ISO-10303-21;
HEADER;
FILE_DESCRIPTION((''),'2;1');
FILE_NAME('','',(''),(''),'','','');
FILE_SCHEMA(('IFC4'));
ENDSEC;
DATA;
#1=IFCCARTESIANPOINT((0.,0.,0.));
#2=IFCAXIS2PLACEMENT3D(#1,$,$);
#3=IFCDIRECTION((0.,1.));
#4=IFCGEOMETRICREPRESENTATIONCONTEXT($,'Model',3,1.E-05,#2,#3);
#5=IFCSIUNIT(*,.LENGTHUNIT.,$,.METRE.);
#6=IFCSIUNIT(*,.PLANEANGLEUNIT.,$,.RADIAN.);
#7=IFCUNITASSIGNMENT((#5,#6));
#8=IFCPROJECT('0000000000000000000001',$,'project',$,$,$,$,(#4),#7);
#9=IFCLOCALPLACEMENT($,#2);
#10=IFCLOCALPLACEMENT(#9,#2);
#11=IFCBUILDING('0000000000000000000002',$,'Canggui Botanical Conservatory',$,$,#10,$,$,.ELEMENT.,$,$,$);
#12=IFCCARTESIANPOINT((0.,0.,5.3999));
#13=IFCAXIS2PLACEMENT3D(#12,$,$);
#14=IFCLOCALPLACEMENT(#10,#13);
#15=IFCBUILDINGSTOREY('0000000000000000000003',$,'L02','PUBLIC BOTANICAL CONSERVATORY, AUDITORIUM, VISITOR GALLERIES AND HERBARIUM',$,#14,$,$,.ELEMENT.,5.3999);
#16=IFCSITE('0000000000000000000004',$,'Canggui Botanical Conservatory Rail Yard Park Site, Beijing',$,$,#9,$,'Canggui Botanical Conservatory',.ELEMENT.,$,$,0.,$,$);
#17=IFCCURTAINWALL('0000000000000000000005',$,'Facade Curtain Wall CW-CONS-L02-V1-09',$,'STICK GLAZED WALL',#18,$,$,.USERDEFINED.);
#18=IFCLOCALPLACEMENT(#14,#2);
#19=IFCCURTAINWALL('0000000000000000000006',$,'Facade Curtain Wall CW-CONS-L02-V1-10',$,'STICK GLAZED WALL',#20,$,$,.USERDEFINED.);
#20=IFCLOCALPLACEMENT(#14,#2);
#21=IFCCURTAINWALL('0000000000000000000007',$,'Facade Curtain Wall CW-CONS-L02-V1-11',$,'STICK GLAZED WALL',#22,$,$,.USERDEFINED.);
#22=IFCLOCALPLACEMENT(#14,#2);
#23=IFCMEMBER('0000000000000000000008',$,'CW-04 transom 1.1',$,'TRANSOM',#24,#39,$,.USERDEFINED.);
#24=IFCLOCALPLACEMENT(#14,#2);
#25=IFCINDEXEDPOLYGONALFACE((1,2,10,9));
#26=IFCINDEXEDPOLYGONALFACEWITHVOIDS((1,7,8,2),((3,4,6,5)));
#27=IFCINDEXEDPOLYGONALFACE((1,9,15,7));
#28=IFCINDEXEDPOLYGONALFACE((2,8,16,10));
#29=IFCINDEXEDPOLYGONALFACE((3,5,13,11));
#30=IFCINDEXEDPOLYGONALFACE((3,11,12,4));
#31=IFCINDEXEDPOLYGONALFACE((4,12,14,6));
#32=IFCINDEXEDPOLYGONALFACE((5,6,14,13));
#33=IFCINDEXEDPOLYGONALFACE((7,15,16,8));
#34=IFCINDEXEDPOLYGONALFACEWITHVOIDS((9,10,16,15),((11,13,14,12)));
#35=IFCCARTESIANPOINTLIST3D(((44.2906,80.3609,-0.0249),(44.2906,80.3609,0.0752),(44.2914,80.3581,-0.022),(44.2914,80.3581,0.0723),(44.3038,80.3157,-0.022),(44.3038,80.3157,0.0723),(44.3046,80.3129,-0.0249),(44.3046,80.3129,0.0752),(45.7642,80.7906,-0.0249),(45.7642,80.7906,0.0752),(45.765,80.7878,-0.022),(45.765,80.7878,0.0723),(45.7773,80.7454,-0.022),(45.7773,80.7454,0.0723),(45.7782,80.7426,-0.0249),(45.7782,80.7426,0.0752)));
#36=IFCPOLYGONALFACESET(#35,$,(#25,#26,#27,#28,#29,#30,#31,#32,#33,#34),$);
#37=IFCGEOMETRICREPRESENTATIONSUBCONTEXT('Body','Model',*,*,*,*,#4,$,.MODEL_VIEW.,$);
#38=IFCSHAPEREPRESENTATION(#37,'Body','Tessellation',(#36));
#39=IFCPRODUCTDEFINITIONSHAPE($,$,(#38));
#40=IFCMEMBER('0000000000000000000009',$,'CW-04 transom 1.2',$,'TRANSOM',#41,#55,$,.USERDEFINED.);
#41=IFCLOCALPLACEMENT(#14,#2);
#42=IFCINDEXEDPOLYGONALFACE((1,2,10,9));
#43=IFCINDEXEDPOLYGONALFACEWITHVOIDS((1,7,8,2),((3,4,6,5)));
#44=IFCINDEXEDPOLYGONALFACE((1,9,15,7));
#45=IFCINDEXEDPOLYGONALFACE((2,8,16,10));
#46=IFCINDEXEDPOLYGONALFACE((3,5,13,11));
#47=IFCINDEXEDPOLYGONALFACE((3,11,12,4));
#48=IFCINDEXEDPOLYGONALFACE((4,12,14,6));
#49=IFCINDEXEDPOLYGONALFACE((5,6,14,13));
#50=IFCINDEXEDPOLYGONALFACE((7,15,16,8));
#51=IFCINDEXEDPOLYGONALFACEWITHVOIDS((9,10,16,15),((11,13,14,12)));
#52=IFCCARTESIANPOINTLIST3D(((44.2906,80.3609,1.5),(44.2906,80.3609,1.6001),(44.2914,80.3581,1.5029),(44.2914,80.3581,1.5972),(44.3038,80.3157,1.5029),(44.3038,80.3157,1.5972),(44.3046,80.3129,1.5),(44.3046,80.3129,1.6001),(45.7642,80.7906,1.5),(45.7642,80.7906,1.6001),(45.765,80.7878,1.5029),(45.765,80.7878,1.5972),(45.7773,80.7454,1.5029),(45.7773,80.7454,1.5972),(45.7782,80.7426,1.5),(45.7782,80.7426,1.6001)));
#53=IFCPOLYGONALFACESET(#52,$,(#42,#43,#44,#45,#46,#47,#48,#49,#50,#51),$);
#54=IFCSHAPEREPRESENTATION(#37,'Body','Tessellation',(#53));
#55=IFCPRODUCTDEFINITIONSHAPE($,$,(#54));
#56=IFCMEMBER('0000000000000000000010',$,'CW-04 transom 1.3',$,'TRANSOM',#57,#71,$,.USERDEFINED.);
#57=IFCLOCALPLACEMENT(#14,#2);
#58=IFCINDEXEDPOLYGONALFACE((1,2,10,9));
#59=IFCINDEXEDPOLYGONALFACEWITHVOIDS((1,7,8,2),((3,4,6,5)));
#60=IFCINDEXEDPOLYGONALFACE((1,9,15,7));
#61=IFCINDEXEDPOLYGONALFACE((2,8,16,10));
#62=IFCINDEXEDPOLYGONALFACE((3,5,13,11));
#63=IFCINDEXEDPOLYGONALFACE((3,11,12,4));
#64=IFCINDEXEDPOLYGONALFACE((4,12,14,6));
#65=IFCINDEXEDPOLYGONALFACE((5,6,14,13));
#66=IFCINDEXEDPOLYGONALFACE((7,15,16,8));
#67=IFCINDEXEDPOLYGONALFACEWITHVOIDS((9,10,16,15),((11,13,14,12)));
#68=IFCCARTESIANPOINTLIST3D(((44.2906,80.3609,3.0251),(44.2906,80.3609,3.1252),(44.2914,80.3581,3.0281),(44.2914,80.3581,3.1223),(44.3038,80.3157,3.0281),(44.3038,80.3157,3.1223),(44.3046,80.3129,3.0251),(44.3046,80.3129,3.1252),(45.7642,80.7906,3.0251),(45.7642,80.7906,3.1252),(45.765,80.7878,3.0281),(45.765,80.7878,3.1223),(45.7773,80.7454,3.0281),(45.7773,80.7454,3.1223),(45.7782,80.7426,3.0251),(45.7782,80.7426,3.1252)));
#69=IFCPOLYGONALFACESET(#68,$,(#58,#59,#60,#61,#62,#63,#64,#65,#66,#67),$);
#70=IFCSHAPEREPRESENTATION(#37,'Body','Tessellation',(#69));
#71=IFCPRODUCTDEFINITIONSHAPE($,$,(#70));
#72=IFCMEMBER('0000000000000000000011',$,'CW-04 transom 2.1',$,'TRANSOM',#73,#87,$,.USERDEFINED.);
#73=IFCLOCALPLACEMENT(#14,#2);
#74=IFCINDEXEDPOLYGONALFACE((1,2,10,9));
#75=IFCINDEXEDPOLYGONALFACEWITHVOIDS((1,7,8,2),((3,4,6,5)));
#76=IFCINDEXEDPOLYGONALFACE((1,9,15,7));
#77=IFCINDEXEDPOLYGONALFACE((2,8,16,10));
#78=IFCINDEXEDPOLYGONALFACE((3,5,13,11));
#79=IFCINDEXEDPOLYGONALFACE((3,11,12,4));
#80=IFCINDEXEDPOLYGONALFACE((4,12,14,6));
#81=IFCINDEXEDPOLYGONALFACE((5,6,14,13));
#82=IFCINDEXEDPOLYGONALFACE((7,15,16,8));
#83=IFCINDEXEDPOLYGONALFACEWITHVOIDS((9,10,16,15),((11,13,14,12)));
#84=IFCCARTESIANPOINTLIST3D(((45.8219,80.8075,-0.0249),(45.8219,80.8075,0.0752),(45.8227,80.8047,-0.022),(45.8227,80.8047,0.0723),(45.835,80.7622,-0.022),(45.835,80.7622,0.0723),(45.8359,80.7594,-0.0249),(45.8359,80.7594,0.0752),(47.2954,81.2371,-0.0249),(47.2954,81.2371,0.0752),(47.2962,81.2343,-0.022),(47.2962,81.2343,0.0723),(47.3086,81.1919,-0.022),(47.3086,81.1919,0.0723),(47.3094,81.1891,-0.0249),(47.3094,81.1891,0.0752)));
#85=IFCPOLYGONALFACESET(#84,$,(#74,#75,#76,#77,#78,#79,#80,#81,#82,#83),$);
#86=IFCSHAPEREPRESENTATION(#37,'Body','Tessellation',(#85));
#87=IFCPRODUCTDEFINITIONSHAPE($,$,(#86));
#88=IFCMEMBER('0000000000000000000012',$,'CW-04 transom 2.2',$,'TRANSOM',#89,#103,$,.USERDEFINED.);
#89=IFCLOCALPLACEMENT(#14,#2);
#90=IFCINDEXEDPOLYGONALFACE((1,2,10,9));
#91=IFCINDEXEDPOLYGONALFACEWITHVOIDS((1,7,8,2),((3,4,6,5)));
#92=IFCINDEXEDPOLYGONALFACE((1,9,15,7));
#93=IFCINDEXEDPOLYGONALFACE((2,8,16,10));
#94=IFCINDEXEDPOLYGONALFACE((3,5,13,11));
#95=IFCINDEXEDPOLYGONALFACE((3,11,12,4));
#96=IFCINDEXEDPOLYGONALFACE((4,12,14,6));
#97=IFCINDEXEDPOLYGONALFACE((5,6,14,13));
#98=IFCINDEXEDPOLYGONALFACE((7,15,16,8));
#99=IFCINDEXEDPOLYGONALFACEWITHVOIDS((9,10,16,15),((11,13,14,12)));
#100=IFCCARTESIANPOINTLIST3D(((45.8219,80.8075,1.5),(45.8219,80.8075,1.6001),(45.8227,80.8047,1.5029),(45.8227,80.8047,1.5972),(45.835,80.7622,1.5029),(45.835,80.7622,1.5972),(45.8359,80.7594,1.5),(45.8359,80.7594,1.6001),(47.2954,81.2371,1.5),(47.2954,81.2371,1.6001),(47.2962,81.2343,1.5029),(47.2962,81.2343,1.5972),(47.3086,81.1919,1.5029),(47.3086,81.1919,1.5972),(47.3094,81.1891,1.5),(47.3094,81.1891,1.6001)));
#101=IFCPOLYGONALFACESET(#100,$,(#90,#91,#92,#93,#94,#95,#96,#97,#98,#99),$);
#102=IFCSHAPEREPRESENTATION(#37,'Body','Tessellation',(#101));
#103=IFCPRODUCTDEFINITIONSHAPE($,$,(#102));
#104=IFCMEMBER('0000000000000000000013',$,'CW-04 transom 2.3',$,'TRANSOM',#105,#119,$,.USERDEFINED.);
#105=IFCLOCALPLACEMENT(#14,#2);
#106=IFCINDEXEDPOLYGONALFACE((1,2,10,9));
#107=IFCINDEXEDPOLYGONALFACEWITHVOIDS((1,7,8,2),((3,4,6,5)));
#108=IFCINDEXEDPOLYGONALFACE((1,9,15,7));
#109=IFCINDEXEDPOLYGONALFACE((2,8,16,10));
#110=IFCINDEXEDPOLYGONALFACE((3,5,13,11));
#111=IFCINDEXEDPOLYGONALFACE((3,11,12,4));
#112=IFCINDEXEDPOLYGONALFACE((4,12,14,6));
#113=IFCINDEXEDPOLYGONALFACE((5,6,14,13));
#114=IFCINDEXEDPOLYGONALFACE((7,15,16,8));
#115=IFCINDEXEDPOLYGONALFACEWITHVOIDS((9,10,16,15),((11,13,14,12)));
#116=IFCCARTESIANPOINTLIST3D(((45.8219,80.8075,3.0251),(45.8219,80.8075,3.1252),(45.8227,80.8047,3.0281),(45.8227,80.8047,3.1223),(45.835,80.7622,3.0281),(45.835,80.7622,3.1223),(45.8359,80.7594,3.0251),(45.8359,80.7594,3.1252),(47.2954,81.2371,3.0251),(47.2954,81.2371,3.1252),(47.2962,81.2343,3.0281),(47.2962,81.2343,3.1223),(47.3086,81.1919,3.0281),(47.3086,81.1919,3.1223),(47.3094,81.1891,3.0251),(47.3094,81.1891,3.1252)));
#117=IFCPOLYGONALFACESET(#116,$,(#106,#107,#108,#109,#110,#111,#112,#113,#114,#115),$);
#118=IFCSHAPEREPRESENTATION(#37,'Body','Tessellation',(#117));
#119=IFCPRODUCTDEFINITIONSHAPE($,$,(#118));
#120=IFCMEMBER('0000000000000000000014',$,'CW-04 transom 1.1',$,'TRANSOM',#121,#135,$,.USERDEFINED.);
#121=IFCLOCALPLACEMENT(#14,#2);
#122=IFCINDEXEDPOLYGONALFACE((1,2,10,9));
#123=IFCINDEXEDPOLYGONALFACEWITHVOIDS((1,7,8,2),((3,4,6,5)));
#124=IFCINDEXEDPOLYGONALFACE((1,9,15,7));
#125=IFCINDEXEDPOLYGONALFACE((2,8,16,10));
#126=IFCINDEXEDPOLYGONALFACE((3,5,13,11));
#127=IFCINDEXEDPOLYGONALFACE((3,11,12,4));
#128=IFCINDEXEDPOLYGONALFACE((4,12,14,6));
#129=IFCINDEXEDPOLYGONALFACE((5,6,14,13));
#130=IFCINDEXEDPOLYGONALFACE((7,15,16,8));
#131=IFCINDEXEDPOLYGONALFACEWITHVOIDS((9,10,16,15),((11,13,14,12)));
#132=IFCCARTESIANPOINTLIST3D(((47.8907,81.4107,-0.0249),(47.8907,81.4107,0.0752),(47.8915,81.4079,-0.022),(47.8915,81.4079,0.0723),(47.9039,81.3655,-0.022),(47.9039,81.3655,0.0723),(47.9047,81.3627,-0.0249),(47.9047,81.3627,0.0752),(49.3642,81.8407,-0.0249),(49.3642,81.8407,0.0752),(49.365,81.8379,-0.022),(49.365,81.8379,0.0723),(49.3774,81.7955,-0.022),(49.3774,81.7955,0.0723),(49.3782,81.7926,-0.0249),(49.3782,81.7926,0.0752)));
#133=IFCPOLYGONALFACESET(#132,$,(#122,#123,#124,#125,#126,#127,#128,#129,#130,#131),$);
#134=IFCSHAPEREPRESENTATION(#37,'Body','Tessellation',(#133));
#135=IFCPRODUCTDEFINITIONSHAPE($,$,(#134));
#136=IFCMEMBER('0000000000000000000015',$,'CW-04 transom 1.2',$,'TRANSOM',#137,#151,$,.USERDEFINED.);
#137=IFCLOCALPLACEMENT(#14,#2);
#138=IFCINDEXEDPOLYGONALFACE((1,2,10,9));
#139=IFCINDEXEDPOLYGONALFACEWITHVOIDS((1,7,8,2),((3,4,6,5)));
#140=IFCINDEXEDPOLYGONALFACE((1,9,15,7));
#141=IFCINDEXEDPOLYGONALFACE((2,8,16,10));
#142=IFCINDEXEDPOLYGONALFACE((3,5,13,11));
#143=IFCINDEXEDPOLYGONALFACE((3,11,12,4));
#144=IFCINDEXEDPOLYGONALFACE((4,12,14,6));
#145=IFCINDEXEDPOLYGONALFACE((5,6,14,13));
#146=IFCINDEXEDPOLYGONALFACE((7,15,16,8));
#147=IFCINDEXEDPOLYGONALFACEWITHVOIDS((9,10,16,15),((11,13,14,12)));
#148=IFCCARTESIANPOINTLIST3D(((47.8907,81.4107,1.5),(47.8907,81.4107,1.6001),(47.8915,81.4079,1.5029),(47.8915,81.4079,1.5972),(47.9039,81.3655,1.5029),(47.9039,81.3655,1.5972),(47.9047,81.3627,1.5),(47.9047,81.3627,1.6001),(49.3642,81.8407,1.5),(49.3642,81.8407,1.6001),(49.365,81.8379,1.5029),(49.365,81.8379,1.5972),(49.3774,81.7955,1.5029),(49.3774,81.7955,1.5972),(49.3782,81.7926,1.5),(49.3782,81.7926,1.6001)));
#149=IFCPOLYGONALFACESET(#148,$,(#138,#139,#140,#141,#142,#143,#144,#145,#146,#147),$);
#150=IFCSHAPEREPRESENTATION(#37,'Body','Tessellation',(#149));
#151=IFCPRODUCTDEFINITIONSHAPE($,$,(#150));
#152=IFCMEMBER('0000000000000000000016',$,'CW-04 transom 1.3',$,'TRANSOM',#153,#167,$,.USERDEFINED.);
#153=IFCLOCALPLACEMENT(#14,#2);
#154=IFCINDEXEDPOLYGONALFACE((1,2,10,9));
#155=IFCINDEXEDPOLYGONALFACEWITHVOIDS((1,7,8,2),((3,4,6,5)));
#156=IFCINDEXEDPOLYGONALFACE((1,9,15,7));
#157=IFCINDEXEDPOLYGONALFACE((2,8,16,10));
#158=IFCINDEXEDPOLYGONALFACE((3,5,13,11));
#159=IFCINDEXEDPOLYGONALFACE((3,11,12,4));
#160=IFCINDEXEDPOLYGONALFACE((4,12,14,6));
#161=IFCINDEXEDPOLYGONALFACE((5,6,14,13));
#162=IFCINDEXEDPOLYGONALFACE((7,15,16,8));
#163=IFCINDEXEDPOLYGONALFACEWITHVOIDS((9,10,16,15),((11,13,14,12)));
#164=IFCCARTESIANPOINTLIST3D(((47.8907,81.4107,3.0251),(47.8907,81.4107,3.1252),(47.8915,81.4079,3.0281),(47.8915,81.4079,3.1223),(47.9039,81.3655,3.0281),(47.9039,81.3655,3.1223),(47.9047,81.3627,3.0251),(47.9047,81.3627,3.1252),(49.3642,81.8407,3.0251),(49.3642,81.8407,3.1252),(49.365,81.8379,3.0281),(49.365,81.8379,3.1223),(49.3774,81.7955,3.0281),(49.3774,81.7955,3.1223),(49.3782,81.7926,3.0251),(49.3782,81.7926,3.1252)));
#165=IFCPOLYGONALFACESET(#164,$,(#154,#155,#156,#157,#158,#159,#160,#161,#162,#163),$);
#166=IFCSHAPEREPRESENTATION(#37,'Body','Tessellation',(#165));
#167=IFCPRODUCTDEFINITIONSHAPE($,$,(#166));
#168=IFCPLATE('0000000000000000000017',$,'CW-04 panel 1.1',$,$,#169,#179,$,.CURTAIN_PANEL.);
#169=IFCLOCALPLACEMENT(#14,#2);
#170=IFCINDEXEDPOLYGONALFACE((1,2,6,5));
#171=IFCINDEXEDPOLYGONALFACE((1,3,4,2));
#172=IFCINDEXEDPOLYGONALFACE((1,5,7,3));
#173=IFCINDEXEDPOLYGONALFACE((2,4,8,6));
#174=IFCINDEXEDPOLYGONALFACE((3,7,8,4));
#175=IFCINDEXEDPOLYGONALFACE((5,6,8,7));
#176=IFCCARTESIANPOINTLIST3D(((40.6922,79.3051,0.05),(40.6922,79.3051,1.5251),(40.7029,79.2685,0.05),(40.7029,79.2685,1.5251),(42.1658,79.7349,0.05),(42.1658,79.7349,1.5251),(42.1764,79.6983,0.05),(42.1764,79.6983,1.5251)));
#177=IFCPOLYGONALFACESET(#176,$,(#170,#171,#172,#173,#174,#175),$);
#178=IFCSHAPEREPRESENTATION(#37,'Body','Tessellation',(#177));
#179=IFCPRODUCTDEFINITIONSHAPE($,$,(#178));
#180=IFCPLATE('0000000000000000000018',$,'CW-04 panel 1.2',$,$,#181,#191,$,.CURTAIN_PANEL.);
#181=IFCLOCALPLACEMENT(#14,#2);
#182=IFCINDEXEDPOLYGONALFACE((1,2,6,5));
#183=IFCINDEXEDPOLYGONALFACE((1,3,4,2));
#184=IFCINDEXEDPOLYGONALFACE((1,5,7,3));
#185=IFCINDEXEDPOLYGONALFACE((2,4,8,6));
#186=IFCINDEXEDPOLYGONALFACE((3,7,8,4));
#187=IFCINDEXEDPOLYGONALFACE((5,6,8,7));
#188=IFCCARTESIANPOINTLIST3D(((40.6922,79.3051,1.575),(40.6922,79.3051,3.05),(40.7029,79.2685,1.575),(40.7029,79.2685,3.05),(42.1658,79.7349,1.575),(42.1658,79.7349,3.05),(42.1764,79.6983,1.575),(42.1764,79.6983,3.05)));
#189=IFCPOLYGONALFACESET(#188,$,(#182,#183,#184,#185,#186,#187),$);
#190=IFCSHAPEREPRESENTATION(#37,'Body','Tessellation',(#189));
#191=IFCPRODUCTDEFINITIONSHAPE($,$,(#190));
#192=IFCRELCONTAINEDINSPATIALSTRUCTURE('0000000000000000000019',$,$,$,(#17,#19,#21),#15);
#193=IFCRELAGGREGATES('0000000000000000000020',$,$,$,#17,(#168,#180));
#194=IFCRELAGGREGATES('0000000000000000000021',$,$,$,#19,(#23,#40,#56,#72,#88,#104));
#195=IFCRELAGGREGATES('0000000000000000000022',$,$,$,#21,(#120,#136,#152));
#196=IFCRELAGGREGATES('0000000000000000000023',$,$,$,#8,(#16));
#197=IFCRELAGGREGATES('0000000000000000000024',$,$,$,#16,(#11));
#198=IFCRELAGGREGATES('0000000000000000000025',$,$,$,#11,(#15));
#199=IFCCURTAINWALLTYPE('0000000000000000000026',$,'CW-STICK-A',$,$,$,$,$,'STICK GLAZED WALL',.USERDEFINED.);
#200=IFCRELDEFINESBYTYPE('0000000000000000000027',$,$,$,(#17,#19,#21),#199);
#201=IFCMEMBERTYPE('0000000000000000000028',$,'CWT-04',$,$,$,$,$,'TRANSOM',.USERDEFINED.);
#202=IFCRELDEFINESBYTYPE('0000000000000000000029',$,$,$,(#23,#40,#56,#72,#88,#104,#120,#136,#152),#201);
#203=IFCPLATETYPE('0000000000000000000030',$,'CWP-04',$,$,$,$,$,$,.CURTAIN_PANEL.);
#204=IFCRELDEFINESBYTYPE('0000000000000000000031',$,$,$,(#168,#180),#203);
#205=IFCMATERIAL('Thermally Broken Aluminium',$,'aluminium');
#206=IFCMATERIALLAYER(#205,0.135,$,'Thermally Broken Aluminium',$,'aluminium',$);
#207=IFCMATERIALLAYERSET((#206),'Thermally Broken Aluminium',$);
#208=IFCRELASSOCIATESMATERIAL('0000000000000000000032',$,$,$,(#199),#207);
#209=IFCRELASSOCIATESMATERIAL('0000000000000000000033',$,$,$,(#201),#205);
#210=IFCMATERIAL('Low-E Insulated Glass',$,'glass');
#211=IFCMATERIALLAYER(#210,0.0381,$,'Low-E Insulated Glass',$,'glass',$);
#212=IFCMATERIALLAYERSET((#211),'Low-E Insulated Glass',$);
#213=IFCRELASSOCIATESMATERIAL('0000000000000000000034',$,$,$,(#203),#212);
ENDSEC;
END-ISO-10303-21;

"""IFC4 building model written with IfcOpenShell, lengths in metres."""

from ifc_helpers import new_model, si_unit, direction, frame, origin, origin_2d, place, context, subcontext, project, spatial, rectangle, hollow_rectangle, extrude, material, layer, layer_set, material_profile, profile_set, type_object, element, aggregate, save


model = new_model("IFC4")

# Units and contexts
model_context = context("Model", 3, precision=1e-05, world=origin(), true_north=direction((0.0, 1.0)))
body_context = subcontext(model_context, "Body", "Model", "MODEL_VIEW")
ifc_project = project(units=[si_unit("LENGTHUNIT", "METRE"), si_unit("PLANEANGLEUNIT", "RADIAN")], contexts=[model_context])

# Site, building, storey
site_placement = place(None, origin())
site = spatial("IfcSite", under=ifc_project, at=site_placement, Name="Canggui Botanical Conservatory Rail Yard Park Site, Beijing", LongName="Canggui Botanical Conservatory", CompositionType="ELEMENT", RefElevation=0.0)
building_placement = place(site_placement, origin())
building = spatial("IfcBuilding", under=site, at=building_placement, Name="Canggui Botanical Conservatory", CompositionType="ELEMENT")
storey_placement = place(building_placement, frame((0.0, 0.0, 5.3999)))
storey = spatial("IfcBuildingStorey", under=building, at=storey_placement, Name="L02", Description="PUBLIC BOTANICAL CONSERVATORY, AUDITORIUM, VISITOR GALLERIES AND HERBARIUM", CompositionType="ELEMENT", Elevation=5.3999)

# Curtain walls
ifc_material_1 = material(Name="Thermally Broken Aluminium", Category="aluminium")
ifc_layer_1 = layer(ifc_material_1, 0.135, Name="Thermally Broken Aluminium", Category="aluminium")
ifc_layer_set_1 = layer_set([ifc_layer_1], Name="Thermally Broken Aluminium")
curtain_wall_type = type_object("IfcCurtainWallType", Name="CW-STICK-A", ElementType="STICK GLAZED WALL", PredefinedType="USERDEFINED", material=ifc_layer_set_1)
curtain_wall_1_placement = place(storey_placement, origin())
curtain_wall_1 = element("IfcCurtainWall", 1, at=curtain_wall_1_placement, inside=storey, type_object=curtain_wall_type, Name="Facade Curtain Wall CW-CONS-L02-V1-09", ObjectType="STICK GLAZED WALL", PredefinedType="USERDEFINED")
curtain_wall_2_placement = place(storey_placement, origin())
curtain_wall_2 = element("IfcCurtainWall", 2, at=curtain_wall_2_placement, inside=storey, type_object=curtain_wall_type, Name="Facade Curtain Wall CW-CONS-L02-V1-10", ObjectType="STICK GLAZED WALL", PredefinedType="USERDEFINED")

# Curtain wall
curtain_wall_3_placement = place(storey_placement, origin())
curtain_wall_3 = element("IfcCurtainWall", 3, at=curtain_wall_3_placement, inside=storey, type_object=curtain_wall_type, Name="Facade Curtain Wall CW-CONS-L02-V1-11", ObjectType="STICK GLAZED WALL", PredefinedType="USERDEFINED")

# Members
ifc_material_profile_1 = material_profile(ifc_material_1, hollow_rectangle(XDim=0.05, YDim=0.1001, WallThickness=0.0029, at=origin_2d()), Name="CWT 50x100x3")
ifc_profile_set_1 = profile_set([ifc_material_profile_1], Name="Thermally Broken Aluminium")
member_type_1 = type_object("IfcMemberType", Name="CWT-04", ElementType="TRANSOM", PredefinedType="USERDEFINED", material=ifc_profile_set_1)
member_1_placement = place(storey_placement, frame((44.2976, 80.3369, 0.0251), z_axis=(0.960021, 0.279927, 0.0), x_axis=(-0.279927, 0.960021, 0.0)))
member_1 = element("IfcMember", 4, at=member_1_placement, type_object=member_type_1, Name="CW-04 transom 1.1", ObjectType="TRANSOM", PredefinedType="USERDEFINED", context=body_context, shape_type="SweptSolid", body=[
    extrude(hollow_rectangle(XDim=0.05, YDim=0.1001, WallThickness=0.0029, at=origin_2d()), origin(), (0.0, 0.0, 1.0), 1.5349),
])
member_2_placement = place(storey_placement, frame((44.2976, 80.3369, 1.55), z_axis=(0.960021, 0.279927, 0.0), x_axis=(-0.279927, 0.960021, 0.0)))
member_2 = element("IfcMember", 5, at=member_2_placement, type_object=member_type_1, Name="CW-04 transom 1.2", ObjectType="TRANSOM", PredefinedType="USERDEFINED", context=body_context, shape_type="SweptSolid", body=[
    extrude(hollow_rectangle(XDim=0.05, YDim=0.1001, WallThickness=0.0029, at=origin_2d()), origin(), (0.0, 0.0, 1.0), 1.5349),
])
member_3_placement = place(storey_placement, frame((44.2976, 80.3369, 3.0752), z_axis=(0.960021, 0.279927, 0.0), x_axis=(-0.279927, 0.960021, 0.0)))
member_3 = element("IfcMember", 6, at=member_3_placement, type_object=member_type_1, Name="CW-04 transom 1.3", ObjectType="TRANSOM", PredefinedType="USERDEFINED", context=body_context, shape_type="SweptSolid", body=[
    extrude(hollow_rectangle(XDim=0.05, YDim=0.1001, WallThickness=0.0029, at=origin_2d()), origin(), (0.0, 0.0, 1.0), 1.5349),
])
member_4_placement = place(storey_placement, frame((45.8289, 80.7834, 0.0251), z_axis=(0.960021, 0.279927, 0.0), x_axis=(-0.279927, 0.960021, 0.0)))
member_4 = element("IfcMember", 7, at=member_4_placement, type_object=member_type_1, Name="CW-04 transom 2.1", ObjectType="TRANSOM", PredefinedType="USERDEFINED", context=body_context, shape_type="SweptSolid", body=[
    extrude(hollow_rectangle(XDim=0.05, YDim=0.1001, WallThickness=0.0029, at=origin_2d()), origin(), (0.0, 0.0, 1.0), 1.5349),
])
member_5_placement = place(storey_placement, frame((45.8289, 80.7834, 1.55), z_axis=(0.960021, 0.279927, 0.0), x_axis=(-0.279927, 0.960021, 0.0)))
member_5 = element("IfcMember", 8, at=member_5_placement, type_object=member_type_1, Name="CW-04 transom 2.2", ObjectType="TRANSOM", PredefinedType="USERDEFINED", context=body_context, shape_type="SweptSolid", body=[
    extrude(hollow_rectangle(XDim=0.05, YDim=0.1001, WallThickness=0.0029, at=origin_2d()), origin(), (0.0, 0.0, 1.0), 1.5349),
])
member_6_placement = place(storey_placement, frame((45.8289, 80.7834, 3.0752), z_axis=(0.960021, 0.279927, 0.0), x_axis=(-0.279927, 0.960021, 0.0)))
member_6 = element("IfcMember", 9, at=member_6_placement, type_object=member_type_1, Name="CW-04 transom 2.3", ObjectType="TRANSOM", PredefinedType="USERDEFINED", context=body_context, shape_type="SweptSolid", body=[
    extrude(hollow_rectangle(XDim=0.05, YDim=0.1001, WallThickness=0.0029, at=origin_2d()), origin(), (0.0, 0.0, 1.0), 1.5349),
])
member_7_placement = place(storey_placement, frame((47.8977, 81.3867, 0.0251), z_axis=(0.959966, 0.280116, 0.0), x_axis=(-0.280116, 0.959966, 0.0)))
member_7 = element("IfcMember", 10, at=member_7_placement, type_object=member_type_1, Name="CW-04 transom 1.1", ObjectType="TRANSOM", PredefinedType="USERDEFINED", context=body_context, shape_type="SweptSolid", body=[
    extrude(hollow_rectangle(XDim=0.05, YDim=0.1001, WallThickness=0.0029, at=origin_2d()), origin(), (0.0, 0.0, 1.0), 1.5349),
])
member_8_placement = place(storey_placement, frame((47.8977, 81.3867, 1.55), z_axis=(0.959966, 0.280116, 0.0), x_axis=(-0.280116, 0.959966, 0.0)))
member_8 = element("IfcMember", 11, at=member_8_placement, type_object=member_type_1, Name="CW-04 transom 1.2", ObjectType="TRANSOM", PredefinedType="USERDEFINED", context=body_context, shape_type="SweptSolid", body=[
    extrude(hollow_rectangle(XDim=0.05, YDim=0.1001, WallThickness=0.0029, at=origin_2d()), origin(), (0.0, 0.0, 1.0), 1.5349),
])
member_9_placement = place(storey_placement, frame((47.8977, 81.3867, 3.0752), z_axis=(0.959966, 0.280116, 0.0), x_axis=(-0.280116, 0.959966, 0.0)))
member_9 = element("IfcMember", 12, at=member_9_placement, type_object=member_type_1, Name="CW-04 transom 1.3", ObjectType="TRANSOM", PredefinedType="USERDEFINED", context=body_context, shape_type="SweptSolid", body=[
    extrude(hollow_rectangle(XDim=0.05, YDim=0.1001, WallThickness=0.0029, at=origin_2d()), origin(), (0.0, 0.0, 1.0), 1.5349),
])

# Plates
ifc_material_2 = material(Name="Low-E Insulated Glass", Category="glass")
ifc_layer_2 = layer(ifc_material_2, 0.0381, Name="Low-E Insulated Glass", Category="glass")
ifc_layer_set_2 = layer_set([ifc_layer_2], Name="Low-E Insulated Glass")
plate_type_1 = type_object("IfcPlateType", Name="CWP-04", PredefinedType="CURTAIN_PANEL", material=ifc_layer_set_2)
plate_1_placement = place(storey_placement, frame((41.4343, 79.5017, 0.05), z_axis=(0.0, 0.0, 1.0), x_axis=(0.96, 0.28, 0.0)))
plate_1 = element("IfcPlate", 13, at=plate_1_placement, type_object=plate_type_1, Name="CW-04 panel 1.1", PredefinedType="CURTAIN_PANEL", context=body_context, shape_type="SweptSolid", body=[
    extrude(rectangle(XDim=1.5349, YDim=0.0381, at=origin_2d()), origin(), (0.0, 0.0, 1.0), 1.4751),
])
plate_2_placement = place(storey_placement, frame((41.4343, 79.5017, 1.575), z_axis=(0.0, 0.0, 1.0), x_axis=(0.96, 0.28, 0.0)))
plate_2 = element("IfcPlate", 14, at=plate_2_placement, type_object=plate_type_1, Name="CW-04 panel 1.2", PredefinedType="CURTAIN_PANEL", context=body_context, shape_type="SweptSolid", body=[
    extrude(rectangle(XDim=1.5349, YDim=0.0381, at=origin_2d()), origin(), (0.0, 0.0, 1.0), 1.4751),
])
aggregate(curtain_wall_1, [plate_1, plate_2])
aggregate(curtain_wall_2, [member_1, member_2, member_3, member_4, member_5, member_6])
aggregate(curtain_wall_3, [member_7, member_8, member_9])

save(model, "model.ifc")
